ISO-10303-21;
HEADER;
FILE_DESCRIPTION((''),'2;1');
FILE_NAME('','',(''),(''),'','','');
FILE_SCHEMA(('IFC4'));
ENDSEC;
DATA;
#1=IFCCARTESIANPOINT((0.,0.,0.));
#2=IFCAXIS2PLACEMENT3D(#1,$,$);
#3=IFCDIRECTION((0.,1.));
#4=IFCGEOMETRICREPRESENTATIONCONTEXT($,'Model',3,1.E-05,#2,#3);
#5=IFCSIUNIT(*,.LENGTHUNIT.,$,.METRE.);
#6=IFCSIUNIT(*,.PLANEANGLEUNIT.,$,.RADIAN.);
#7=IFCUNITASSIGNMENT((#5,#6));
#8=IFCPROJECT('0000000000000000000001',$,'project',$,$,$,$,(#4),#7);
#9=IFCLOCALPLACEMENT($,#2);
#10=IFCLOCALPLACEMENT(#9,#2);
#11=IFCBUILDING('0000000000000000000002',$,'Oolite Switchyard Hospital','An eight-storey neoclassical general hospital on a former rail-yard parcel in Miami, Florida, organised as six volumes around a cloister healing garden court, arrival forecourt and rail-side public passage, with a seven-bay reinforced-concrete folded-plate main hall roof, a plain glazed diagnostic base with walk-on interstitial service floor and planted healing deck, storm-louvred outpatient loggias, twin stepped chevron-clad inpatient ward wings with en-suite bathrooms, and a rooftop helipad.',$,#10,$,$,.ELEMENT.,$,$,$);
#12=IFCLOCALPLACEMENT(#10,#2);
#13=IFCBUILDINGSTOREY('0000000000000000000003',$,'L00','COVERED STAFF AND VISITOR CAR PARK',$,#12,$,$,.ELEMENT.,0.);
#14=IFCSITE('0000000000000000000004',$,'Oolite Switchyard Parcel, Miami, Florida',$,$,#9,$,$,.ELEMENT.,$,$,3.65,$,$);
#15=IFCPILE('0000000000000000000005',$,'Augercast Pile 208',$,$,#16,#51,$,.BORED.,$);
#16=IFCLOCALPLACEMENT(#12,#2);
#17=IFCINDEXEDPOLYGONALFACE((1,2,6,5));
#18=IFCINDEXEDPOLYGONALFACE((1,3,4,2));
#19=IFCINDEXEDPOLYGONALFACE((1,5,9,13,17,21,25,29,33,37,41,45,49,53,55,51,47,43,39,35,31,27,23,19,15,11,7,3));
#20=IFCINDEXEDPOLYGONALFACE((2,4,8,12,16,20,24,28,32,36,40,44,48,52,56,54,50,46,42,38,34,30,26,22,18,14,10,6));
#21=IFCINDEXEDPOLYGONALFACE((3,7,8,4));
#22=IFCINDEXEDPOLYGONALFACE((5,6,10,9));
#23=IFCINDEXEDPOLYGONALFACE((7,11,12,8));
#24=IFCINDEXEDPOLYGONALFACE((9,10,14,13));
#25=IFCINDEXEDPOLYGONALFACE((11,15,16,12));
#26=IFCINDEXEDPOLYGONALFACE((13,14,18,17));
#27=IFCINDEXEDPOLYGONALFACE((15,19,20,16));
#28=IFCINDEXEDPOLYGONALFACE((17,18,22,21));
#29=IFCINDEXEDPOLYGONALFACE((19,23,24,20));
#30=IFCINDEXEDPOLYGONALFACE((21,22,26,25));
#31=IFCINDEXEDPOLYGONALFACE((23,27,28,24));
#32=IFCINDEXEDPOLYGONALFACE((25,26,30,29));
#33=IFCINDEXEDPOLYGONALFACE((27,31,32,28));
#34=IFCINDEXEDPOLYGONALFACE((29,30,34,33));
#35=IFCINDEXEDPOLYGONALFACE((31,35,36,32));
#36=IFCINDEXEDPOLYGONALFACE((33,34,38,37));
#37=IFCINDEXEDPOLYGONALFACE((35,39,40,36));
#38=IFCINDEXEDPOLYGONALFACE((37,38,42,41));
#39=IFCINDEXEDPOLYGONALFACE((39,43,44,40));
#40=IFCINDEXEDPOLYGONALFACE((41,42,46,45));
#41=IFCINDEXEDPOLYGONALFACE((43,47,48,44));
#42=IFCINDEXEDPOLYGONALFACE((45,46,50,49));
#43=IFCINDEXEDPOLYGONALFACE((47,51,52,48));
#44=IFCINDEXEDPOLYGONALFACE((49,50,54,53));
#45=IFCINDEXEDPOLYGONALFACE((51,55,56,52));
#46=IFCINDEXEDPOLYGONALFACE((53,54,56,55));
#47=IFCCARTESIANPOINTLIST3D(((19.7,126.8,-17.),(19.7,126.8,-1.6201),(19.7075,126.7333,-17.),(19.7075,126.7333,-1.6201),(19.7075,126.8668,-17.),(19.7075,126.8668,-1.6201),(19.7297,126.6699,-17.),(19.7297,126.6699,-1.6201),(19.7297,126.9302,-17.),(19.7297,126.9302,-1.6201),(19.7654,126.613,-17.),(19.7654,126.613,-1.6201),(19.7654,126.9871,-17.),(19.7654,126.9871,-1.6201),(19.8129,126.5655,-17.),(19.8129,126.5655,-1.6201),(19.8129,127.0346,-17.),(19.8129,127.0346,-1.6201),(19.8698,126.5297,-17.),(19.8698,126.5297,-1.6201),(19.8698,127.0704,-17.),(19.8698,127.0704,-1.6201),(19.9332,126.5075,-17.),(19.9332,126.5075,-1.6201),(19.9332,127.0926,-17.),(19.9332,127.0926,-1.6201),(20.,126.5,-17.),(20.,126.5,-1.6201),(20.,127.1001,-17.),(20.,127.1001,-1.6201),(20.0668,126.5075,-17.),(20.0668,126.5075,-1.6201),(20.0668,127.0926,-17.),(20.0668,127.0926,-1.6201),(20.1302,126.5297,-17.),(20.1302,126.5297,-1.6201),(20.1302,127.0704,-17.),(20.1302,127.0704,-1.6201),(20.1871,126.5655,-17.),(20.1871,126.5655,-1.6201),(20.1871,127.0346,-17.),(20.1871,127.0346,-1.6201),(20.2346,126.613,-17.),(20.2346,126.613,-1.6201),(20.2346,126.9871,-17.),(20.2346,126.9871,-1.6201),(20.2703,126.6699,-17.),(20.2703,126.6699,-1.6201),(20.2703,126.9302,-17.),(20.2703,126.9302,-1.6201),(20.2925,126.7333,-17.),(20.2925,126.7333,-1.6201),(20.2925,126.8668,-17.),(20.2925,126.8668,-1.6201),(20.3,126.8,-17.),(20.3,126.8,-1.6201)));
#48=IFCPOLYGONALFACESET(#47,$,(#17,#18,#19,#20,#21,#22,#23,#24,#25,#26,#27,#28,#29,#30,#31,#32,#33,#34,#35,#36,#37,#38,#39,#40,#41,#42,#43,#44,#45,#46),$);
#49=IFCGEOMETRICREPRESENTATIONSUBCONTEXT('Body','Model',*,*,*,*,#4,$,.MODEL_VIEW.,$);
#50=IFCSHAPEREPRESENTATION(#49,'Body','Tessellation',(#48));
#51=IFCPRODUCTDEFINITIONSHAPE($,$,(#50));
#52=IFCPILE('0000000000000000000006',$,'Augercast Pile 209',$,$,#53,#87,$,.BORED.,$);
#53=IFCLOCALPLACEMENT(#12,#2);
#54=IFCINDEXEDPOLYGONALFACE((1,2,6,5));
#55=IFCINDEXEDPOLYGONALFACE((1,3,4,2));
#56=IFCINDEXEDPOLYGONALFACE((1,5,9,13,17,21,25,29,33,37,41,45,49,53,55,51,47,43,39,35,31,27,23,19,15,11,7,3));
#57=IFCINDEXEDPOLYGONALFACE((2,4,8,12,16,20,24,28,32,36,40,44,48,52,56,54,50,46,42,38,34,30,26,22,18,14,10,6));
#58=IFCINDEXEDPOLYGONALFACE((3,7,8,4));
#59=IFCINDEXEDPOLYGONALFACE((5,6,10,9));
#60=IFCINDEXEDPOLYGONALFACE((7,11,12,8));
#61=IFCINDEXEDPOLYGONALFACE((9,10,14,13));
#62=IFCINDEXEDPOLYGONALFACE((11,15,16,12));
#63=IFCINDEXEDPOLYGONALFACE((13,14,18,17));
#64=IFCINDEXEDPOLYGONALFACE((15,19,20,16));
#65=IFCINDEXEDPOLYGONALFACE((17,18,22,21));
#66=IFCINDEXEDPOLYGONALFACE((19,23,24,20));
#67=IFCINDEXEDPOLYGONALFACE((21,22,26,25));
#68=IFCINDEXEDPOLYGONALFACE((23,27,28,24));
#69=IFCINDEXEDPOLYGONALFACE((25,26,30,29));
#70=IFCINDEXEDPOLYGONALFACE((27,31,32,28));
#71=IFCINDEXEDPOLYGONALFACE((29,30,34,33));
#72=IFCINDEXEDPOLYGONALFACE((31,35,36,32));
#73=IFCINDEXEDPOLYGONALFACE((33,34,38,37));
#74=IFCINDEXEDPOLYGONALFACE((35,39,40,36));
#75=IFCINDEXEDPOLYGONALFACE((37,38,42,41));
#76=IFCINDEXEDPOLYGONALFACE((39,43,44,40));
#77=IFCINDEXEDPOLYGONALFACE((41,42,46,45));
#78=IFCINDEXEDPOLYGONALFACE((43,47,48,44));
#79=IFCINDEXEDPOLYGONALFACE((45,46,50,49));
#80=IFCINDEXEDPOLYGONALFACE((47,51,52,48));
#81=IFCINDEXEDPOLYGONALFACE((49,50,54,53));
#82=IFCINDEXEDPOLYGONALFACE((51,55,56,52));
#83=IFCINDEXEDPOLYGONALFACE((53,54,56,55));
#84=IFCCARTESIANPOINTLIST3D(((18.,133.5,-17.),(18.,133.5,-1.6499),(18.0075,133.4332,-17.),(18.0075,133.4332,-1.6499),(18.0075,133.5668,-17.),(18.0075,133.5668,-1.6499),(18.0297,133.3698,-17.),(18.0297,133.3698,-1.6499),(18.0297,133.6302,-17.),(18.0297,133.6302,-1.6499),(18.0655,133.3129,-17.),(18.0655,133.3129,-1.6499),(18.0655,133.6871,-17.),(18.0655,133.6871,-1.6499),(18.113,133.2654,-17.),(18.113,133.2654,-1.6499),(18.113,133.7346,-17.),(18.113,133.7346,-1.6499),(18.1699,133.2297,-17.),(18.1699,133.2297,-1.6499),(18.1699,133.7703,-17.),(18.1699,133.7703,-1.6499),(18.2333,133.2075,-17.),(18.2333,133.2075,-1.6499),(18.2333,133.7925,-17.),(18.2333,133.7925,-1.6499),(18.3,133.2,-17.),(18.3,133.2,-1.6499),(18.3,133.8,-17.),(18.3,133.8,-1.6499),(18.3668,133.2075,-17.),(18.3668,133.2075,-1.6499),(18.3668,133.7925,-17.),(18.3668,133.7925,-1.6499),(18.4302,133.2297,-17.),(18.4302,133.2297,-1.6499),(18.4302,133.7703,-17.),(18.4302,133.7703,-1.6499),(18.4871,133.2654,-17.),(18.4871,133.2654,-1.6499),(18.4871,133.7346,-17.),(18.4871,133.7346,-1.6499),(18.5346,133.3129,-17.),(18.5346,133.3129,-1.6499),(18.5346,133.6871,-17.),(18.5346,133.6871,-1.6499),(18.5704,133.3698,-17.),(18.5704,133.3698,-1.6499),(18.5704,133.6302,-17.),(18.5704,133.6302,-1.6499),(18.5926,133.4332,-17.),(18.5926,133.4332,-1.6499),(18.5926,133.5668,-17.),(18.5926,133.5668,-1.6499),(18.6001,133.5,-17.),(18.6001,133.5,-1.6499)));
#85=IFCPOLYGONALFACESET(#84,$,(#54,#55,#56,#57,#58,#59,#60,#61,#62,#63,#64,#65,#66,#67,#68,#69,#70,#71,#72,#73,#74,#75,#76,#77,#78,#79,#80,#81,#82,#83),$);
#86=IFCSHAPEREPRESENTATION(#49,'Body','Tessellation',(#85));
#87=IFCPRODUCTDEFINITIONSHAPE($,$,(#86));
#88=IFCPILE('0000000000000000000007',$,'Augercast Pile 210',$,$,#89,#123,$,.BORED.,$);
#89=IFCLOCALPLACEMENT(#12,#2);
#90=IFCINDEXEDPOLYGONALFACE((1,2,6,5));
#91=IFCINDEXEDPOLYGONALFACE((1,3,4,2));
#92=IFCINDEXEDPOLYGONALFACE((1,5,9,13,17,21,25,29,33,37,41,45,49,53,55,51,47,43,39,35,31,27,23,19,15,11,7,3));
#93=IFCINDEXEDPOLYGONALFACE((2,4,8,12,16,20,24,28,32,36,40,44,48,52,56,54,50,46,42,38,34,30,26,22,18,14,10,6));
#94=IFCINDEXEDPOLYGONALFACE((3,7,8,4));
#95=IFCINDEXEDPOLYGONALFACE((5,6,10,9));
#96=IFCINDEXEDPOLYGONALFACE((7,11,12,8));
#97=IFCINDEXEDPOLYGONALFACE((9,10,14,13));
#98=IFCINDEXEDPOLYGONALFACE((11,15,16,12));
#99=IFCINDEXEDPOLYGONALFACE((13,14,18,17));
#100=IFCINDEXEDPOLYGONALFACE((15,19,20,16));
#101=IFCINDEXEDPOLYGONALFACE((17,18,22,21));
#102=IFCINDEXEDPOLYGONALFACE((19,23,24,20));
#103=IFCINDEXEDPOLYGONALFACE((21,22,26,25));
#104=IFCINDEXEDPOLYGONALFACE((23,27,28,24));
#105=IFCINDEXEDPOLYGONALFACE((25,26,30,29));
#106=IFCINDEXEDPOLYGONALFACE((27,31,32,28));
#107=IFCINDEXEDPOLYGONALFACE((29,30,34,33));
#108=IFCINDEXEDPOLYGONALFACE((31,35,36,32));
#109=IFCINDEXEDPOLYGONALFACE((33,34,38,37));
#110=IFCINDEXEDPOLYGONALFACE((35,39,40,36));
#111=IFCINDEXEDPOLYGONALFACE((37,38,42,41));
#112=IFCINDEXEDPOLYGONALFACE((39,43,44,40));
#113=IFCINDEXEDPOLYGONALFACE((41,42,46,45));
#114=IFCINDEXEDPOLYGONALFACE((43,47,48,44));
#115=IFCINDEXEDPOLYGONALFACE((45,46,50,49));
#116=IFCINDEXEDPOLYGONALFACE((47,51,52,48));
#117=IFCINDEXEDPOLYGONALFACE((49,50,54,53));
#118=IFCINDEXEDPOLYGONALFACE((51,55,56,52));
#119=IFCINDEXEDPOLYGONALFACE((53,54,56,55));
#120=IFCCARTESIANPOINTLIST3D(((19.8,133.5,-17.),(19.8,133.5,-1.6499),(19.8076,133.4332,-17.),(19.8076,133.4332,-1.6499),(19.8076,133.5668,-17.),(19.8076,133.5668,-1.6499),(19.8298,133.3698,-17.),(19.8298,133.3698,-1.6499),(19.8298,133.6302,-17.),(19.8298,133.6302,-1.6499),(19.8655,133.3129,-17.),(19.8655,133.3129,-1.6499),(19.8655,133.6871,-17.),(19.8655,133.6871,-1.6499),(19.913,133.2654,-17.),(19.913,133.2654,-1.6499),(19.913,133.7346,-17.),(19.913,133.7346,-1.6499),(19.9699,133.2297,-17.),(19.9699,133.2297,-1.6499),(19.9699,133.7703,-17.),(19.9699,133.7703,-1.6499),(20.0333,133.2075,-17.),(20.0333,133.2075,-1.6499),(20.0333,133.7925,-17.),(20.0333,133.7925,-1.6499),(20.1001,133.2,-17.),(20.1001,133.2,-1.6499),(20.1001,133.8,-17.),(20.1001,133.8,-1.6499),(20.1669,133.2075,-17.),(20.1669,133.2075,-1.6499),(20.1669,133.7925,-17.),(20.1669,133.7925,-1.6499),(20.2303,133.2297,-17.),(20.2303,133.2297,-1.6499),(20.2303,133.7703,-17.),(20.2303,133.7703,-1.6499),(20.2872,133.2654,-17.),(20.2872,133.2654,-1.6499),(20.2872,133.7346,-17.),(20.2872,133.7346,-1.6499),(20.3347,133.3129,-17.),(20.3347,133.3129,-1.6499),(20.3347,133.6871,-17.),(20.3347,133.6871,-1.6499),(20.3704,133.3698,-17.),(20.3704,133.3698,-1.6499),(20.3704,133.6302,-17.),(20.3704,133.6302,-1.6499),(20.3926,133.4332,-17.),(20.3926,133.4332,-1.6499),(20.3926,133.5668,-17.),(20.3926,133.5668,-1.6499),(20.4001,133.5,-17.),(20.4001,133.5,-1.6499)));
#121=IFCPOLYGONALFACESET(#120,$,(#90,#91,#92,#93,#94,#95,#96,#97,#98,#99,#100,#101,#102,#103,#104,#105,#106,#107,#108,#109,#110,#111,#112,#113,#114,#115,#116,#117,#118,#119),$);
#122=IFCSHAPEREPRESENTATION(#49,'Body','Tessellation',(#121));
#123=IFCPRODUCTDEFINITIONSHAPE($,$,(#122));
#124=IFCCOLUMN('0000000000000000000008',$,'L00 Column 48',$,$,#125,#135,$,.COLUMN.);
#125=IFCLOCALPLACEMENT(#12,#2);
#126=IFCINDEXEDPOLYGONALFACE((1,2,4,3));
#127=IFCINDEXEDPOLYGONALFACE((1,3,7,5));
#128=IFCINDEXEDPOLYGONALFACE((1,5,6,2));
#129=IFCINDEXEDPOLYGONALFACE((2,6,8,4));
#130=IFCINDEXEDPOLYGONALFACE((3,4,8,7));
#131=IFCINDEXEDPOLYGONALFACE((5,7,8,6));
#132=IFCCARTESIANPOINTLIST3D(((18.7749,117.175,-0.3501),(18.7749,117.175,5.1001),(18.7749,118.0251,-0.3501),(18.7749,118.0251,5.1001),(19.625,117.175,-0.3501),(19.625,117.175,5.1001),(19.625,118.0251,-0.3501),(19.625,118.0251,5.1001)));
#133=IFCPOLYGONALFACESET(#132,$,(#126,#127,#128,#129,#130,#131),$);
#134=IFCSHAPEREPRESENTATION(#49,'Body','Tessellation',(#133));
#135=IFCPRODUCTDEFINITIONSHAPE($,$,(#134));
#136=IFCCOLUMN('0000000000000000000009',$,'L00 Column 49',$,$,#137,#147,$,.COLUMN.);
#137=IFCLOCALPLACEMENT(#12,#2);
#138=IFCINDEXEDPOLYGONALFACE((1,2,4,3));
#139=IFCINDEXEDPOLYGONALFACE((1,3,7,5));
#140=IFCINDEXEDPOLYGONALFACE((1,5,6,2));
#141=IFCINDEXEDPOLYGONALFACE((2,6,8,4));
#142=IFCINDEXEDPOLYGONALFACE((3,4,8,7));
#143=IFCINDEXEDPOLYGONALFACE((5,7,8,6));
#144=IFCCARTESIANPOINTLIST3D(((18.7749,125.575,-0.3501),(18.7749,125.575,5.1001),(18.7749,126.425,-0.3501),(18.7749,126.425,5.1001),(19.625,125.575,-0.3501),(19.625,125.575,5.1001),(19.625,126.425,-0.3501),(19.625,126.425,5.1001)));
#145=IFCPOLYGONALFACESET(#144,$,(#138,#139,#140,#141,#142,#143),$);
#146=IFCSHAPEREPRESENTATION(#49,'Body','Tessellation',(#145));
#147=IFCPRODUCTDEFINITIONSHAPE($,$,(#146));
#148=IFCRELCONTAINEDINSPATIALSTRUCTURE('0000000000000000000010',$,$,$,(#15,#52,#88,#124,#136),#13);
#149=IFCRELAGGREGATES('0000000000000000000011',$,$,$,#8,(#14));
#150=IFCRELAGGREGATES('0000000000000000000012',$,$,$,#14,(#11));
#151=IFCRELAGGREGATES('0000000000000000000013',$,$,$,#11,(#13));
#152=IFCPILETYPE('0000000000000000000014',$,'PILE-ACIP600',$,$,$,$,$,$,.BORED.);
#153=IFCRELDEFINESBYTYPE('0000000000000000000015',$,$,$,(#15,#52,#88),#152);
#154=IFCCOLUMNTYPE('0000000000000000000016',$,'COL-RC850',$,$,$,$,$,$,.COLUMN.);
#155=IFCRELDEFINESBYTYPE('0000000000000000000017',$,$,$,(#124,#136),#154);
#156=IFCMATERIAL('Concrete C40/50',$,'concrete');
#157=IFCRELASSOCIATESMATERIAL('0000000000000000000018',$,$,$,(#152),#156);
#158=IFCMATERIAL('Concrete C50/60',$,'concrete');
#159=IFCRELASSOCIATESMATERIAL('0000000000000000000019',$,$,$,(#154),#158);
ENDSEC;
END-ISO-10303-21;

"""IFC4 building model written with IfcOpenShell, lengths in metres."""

from ifc_helpers import new_model, si_unit, direction, frame, origin, origin_2d, place, context, subcontext, project, spatial, rectangle, circle, extrude, material, material_profile, profile_set, type_object, element, save


model = new_model("IFC4")

# Units and contexts
model_context = context("Model", 3, precision=1e-05, world=origin(), true_north=direction((0.0, 1.0)))
body_context = subcontext(model_context, "Body", "Model", "MODEL_VIEW")
ifc_project = project(units=[si_unit("LENGTHUNIT", "METRE"), si_unit("PLANEANGLEUNIT", "RADIAN")], contexts=[model_context])

# Site, building, storey
site_placement = place(None, origin())
site = spatial("IfcSite", under=ifc_project, at=site_placement, Name="Oolite Switchyard Parcel, Miami, Florida", CompositionType="ELEMENT", RefElevation=3.65)
building_placement = place(site_placement, origin())
building = spatial("IfcBuilding", under=site, at=building_placement, Name="Oolite Switchyard Hospital", Description="An eight-storey neoclassical general hospital on a former rail-yard parcel in Miami, Florida, organised as six volumes around a cloister healing garden court, arrival forecourt and rail-side public passage, with a seven-bay reinforced-concrete folded-plate main hall roof, a plain glazed diagnostic base with walk-on interstitial service floor and planted healing deck, storm-louvred outpatient loggias, twin stepped chevron-clad inpatient ward wings with en-suite bathrooms, and a rooftop helipad.", CompositionType="ELEMENT")
storey_placement = place(building_placement, origin())
storey = spatial("IfcBuildingStorey", under=building, at=storey_placement, Name="L00", Description="COVERED STAFF AND VISITOR CAR PARK", CompositionType="ELEMENT", Elevation=0.0)

# Shared definitions
ifc_material_1 = material(Name="Concrete C40/50", Category="concrete")

# Piles
ifc_material_profile_1 = material_profile(ifc_material_1, circle(Radius=0.3, at=origin_2d()), Name="PILE600")
ifc_profile_set_1 = profile_set([ifc_material_profile_1], Name="Concrete C40/50")
pile_type = type_object("IfcPileType", Name="PILE-ACIP600", PredefinedType="BORED", material=ifc_profile_set_1)
for number, where, z_axis, x_axis, name in (
    (1, (20.0, 126.8, -1.6201), (0.0, 0.0, -1.0), (1.0, 0.0, 0.0), "Augercast Pile 208"),
):
    element("IfcPile", number, at=place(storey_placement, frame(where, z_axis=z_axis, x_axis=x_axis)), inside=storey, type_object=pile_type, Name=name, PredefinedType="BORED", context=body_context, shape_type="SweptSolid", body=[
        extrude(circle(Radius=0.3, at=origin_2d()), origin(), (0.0, 0.0, 1.0), 15.3799),
    ])
for number, where, z_axis, x_axis, name in (
    (2, (18.3, 133.5, -1.6499), (0.0, 0.0, -1.0), (1.0, 0.0, 0.0), "Augercast Pile 209"),
    (3, (20.1001, 133.5, -1.6499), (0.0, 0.0, -1.0), (1.0, 0.0, 0.0), "Augercast Pile 210"),
):
    element("IfcPile", number, at=place(storey_placement, frame(where, z_axis=z_axis, x_axis=x_axis)), inside=storey, type_object=pile_type, Name=name, PredefinedType="BORED", context=body_context, shape_type="SweptSolid", body=[
        extrude(circle(Radius=0.3, at=origin_2d()), origin(), (0.0, 0.0, 1.0), 15.3501),
    ])

# Columns
ifc_material_2 = material(Name="Concrete C50/60", Category="concrete")
ifc_material_profile_2 = material_profile(ifc_material_2, rectangle(XDim=0.8501, YDim=0.8501, at=origin_2d()), Name="RC850X850")
ifc_profile_set_2 = profile_set([ifc_material_profile_2], Name="Concrete C50/60")
column_type = type_object("IfcColumnType", Name="COL-RC850", PredefinedType="COLUMN", material=ifc_profile_set_2)
for number, where, z_axis, x_axis, name in (
    (4, (19.2, 117.6001, -0.3501), (0.0, 0.0, 1.0), (1.0, 0.0, 0.0), "L00 Column 48"),
    (5, (19.2, 126.0, -0.3501), (0.0, 0.0, 1.0), (1.0, 0.0, 0.0), "L00 Column 49"),
):
    element("IfcColumn", number, at=place(storey_placement, frame(where, z_axis=z_axis, x_axis=x_axis)), inside=storey, type_object=column_type, Name=name, PredefinedType="COLUMN", context=body_context, shape_type="SweptSolid", body=[
        extrude(rectangle(XDim=0.8501, YDim=0.8501, at=origin_2d()), origin(), (0.0, 0.0, 1.0), 5.4502),
    ])

save(model, "model.ifc")
